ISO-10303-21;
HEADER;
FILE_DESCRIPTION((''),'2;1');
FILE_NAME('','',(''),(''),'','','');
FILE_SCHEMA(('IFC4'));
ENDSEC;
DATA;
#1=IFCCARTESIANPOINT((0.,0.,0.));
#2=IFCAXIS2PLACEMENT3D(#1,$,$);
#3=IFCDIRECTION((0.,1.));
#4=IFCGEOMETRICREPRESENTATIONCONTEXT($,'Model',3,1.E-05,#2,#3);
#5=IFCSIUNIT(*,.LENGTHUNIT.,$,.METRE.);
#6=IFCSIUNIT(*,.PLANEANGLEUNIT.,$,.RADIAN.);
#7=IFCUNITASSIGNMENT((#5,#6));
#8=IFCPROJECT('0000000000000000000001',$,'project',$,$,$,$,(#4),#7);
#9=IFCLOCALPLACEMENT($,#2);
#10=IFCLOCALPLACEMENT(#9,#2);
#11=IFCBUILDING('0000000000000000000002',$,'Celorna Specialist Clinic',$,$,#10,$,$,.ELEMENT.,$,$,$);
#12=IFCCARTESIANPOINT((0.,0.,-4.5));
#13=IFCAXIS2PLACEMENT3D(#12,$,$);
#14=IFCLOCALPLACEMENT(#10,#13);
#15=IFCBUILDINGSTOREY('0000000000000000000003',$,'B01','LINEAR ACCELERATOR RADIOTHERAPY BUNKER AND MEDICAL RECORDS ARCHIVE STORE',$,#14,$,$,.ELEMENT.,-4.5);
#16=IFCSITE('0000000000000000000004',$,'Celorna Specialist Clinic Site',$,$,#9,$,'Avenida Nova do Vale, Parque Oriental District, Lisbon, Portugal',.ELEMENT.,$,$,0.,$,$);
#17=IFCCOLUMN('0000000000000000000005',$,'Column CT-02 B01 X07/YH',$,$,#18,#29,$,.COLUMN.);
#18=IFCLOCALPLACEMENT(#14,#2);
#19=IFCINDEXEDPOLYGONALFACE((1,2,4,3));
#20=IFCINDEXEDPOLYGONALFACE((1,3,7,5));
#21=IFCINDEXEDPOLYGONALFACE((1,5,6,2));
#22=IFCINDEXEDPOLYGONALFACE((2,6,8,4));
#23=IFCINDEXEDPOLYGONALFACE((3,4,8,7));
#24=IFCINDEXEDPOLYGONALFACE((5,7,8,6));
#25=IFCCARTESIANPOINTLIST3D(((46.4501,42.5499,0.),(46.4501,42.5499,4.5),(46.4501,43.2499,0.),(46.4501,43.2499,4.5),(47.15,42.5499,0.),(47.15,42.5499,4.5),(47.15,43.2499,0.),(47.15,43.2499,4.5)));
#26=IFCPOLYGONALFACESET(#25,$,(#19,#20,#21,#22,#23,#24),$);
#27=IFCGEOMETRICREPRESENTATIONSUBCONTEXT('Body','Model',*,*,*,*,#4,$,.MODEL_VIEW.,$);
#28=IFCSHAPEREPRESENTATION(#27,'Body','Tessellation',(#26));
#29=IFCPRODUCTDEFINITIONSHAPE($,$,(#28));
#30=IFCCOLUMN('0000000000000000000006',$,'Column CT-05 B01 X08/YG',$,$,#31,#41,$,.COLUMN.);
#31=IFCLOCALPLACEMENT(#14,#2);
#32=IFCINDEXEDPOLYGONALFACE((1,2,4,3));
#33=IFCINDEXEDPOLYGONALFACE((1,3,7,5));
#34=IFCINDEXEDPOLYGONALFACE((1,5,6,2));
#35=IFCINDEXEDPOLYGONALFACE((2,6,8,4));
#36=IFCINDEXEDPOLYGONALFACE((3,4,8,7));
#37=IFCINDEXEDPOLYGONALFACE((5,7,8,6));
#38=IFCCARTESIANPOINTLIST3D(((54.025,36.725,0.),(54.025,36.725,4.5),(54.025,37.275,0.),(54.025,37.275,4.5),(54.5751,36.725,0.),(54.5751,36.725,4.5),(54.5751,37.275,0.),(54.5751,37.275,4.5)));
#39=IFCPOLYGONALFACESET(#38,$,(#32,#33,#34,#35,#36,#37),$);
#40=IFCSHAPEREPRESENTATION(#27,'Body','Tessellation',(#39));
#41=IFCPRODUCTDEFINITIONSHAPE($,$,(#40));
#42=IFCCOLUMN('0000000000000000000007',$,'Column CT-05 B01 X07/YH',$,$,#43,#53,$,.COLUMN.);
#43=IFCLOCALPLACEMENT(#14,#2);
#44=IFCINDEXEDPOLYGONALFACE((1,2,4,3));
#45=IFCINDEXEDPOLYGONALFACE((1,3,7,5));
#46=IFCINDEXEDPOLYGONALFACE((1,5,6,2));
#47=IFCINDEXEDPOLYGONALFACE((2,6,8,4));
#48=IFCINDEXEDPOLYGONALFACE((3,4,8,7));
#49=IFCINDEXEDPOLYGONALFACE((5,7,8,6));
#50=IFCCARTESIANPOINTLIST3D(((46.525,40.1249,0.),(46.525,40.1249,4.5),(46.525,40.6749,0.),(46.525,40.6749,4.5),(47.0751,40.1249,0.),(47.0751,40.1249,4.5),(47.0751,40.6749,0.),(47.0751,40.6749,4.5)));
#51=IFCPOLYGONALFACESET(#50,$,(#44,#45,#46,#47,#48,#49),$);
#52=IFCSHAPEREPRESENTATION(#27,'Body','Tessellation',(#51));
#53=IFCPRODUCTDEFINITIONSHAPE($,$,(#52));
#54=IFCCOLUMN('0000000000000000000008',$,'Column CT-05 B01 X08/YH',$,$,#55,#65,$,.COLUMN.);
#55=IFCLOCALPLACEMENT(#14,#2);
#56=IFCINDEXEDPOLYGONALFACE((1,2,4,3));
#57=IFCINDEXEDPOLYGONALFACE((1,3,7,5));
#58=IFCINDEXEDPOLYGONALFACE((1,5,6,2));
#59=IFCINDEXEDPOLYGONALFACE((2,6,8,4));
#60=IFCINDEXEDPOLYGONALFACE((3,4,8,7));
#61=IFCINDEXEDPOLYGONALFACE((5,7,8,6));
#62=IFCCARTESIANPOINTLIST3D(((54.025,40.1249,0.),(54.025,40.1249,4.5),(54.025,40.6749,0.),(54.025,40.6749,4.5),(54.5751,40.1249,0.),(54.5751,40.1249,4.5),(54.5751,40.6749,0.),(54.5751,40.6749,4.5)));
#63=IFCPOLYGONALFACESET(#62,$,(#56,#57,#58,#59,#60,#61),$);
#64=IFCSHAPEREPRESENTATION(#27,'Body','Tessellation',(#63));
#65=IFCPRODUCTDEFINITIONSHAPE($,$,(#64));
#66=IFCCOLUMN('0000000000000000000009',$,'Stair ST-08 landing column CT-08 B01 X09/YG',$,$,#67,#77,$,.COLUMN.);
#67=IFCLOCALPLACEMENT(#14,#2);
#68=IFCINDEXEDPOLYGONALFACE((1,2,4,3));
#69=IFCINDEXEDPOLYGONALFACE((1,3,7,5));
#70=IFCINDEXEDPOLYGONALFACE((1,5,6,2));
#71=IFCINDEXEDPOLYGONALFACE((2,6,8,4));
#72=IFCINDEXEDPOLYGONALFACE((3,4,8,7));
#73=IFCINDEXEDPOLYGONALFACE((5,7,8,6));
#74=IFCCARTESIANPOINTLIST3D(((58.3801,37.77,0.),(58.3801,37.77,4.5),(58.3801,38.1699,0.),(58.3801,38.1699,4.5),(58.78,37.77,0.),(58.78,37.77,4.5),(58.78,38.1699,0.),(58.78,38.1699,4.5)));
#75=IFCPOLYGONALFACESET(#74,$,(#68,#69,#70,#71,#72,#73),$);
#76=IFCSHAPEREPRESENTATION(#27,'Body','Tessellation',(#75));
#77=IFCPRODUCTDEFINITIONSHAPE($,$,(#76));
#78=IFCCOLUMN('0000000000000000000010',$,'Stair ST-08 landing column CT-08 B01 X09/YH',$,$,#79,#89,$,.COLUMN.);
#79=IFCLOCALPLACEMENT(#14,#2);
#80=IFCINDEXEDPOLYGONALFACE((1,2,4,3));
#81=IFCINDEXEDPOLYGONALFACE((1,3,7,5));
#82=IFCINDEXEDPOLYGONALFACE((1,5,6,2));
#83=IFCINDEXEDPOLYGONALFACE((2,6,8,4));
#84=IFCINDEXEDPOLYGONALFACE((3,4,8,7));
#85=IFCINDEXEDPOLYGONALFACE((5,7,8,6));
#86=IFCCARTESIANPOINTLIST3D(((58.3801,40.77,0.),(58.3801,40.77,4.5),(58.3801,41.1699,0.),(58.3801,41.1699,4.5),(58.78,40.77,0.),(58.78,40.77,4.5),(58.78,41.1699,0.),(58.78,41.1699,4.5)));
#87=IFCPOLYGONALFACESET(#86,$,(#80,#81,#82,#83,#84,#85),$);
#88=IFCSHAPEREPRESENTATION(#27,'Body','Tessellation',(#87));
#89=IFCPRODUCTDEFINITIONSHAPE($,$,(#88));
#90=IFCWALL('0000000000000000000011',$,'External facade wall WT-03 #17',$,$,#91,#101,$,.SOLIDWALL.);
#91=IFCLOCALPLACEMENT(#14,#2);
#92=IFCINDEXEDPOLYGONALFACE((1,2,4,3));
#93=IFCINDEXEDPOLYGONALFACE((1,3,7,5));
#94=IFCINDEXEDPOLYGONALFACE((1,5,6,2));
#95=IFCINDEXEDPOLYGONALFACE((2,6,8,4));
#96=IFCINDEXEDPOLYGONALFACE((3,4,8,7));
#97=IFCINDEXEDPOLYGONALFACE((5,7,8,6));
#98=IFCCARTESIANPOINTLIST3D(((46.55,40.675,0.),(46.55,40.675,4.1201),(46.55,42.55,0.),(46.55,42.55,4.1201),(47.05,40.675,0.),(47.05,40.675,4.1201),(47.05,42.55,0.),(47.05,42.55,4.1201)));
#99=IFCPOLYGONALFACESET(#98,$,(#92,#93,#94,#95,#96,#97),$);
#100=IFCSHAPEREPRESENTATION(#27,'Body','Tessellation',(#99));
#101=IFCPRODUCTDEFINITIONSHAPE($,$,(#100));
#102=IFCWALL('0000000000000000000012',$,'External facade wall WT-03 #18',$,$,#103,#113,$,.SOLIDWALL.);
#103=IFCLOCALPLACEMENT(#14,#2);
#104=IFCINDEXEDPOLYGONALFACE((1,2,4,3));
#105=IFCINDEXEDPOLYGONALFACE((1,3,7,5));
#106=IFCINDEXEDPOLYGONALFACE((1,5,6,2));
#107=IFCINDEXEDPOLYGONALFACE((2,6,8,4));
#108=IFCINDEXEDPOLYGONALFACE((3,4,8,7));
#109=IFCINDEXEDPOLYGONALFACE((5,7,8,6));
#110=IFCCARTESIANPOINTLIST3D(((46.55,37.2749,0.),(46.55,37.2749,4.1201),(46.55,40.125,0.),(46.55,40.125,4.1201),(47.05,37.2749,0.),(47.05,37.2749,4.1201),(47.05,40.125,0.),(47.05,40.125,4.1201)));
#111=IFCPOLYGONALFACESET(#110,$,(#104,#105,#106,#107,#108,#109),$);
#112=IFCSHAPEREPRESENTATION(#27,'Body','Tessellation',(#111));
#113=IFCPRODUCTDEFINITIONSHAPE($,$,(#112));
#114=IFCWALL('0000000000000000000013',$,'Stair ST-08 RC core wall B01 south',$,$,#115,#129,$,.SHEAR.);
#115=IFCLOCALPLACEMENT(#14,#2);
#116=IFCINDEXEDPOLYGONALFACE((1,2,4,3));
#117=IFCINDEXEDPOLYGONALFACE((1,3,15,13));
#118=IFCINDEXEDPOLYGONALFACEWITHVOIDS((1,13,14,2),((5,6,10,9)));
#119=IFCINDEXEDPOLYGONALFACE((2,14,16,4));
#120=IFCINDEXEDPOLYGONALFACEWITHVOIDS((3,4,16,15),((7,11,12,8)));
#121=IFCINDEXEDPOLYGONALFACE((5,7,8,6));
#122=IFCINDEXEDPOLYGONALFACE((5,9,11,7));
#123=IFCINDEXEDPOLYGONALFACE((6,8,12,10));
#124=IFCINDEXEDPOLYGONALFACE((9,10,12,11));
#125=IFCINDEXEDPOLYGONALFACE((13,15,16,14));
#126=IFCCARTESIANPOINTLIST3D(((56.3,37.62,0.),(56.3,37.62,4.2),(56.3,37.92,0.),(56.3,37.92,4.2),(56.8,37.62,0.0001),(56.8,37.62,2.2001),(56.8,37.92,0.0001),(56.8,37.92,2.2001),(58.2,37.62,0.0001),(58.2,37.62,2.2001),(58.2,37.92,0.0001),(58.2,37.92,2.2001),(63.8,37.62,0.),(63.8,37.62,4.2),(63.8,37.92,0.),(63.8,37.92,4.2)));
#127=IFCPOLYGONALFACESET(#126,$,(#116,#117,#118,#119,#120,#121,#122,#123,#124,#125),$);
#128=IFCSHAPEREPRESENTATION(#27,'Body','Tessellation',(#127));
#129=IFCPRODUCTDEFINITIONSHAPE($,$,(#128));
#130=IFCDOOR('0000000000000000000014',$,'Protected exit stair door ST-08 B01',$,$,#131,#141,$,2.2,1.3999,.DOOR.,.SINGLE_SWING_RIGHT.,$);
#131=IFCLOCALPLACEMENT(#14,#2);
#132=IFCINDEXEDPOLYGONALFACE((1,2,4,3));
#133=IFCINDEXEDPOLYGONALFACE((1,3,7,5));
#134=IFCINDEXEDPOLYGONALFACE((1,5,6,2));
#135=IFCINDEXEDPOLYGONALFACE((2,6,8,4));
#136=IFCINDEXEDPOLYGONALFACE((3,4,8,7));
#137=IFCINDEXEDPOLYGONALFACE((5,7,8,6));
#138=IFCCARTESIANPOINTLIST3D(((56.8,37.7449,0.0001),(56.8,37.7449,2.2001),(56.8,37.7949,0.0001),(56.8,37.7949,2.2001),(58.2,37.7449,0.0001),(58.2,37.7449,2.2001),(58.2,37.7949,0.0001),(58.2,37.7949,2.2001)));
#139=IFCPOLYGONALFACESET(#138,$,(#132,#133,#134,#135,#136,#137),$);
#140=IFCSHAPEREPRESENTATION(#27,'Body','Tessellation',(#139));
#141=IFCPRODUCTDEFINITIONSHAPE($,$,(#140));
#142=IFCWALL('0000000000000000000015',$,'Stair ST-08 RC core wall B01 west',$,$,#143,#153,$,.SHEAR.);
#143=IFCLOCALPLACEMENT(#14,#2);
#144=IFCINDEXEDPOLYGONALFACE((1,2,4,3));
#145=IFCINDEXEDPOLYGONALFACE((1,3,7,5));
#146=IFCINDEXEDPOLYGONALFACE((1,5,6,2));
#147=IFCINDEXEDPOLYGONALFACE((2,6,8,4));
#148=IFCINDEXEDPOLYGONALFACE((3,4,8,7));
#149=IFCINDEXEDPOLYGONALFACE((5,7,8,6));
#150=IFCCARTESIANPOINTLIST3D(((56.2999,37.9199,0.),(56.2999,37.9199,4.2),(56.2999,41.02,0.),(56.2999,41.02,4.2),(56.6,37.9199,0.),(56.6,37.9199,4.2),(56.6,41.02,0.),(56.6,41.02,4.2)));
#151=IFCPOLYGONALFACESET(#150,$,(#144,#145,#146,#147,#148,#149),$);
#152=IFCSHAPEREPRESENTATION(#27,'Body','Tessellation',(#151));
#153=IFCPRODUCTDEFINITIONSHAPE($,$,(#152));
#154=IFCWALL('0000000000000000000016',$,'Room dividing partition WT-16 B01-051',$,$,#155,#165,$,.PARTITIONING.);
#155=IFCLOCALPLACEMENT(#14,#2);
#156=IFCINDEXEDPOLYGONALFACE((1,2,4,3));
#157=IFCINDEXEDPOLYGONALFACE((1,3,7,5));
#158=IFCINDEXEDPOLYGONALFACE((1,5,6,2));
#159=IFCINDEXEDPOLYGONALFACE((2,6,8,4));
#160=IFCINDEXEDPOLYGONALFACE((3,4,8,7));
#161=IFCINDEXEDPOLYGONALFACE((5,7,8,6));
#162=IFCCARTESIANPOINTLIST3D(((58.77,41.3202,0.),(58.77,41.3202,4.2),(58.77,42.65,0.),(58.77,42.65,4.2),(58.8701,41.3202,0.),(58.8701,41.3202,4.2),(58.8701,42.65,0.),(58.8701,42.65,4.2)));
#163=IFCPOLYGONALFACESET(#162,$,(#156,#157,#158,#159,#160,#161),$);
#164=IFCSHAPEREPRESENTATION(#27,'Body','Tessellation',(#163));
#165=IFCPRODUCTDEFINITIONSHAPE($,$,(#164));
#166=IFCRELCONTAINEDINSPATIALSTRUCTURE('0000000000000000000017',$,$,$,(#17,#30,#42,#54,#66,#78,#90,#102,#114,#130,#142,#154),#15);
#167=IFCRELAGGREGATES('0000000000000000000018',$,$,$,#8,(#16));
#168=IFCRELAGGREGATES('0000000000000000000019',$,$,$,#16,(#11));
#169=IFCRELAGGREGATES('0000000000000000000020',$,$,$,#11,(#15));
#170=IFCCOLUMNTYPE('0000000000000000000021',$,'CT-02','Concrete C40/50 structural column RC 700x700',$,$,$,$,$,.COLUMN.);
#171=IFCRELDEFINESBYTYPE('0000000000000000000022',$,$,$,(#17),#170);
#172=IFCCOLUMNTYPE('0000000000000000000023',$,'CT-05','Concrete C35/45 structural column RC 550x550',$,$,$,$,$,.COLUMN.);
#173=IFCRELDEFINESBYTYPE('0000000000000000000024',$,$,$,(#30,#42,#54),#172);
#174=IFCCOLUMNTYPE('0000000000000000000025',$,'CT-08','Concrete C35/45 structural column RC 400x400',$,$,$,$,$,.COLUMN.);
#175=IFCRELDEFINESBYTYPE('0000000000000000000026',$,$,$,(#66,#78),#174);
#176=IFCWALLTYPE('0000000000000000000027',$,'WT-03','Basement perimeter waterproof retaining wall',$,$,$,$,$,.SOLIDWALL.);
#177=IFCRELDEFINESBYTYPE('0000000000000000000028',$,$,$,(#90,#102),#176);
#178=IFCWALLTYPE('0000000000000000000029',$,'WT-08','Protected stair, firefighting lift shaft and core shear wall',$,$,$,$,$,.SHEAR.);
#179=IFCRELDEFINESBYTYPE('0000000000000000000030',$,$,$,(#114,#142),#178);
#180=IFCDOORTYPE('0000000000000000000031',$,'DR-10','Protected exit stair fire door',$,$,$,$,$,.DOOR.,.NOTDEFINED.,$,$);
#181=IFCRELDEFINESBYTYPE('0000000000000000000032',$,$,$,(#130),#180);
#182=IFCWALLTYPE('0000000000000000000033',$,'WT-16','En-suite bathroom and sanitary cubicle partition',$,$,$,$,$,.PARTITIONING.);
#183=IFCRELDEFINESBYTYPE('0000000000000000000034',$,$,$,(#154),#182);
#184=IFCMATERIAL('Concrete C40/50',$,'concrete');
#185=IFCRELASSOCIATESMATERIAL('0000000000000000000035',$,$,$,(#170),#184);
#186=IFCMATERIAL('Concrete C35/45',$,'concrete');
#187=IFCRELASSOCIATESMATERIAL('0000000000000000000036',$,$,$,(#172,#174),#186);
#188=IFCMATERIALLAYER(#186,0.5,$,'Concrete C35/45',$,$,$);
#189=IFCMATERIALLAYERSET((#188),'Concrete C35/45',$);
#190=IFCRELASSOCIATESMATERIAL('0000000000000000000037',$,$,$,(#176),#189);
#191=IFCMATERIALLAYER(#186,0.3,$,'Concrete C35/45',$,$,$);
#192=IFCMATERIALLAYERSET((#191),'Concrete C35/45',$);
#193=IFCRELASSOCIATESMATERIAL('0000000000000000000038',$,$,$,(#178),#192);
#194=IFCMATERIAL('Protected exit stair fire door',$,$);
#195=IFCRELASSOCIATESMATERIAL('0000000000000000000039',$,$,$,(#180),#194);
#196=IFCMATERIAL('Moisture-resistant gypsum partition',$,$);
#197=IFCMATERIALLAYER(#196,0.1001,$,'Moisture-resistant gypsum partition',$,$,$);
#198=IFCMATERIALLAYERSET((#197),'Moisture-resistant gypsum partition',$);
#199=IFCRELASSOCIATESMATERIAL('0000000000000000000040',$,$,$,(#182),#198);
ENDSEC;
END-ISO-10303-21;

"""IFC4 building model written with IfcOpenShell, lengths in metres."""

from ifc_helpers import new_model, si_unit, direction, frame, frame_2d, origin, origin_2d, place, context, subcontext, project, spatial, rectangle, extrude, material, layer, layer_set, material_profile, profile_set, type_object, element, fill, save


model = new_model("IFC4")

# Units and contexts
model_context = context("Model", 3, precision=1e-05, world=origin(), true_north=direction((0.0, 1.0)))
body_context = subcontext(model_context, "Body", "Model", "MODEL_VIEW")
ifc_project = project(units=[si_unit("LENGTHUNIT", "METRE"), si_unit("PLANEANGLEUNIT", "RADIAN")], contexts=[model_context])

# Site, building, storey
site_placement = place(None, origin())
site = spatial("IfcSite", under=ifc_project, at=site_placement, Name="Celorna Specialist Clinic Site", LongName="Avenida Nova do Vale, Parque Oriental District, Lisbon, Portugal", CompositionType="ELEMENT", RefElevation=0.0)
building_placement = place(site_placement, origin())
building = spatial("IfcBuilding", under=site, at=building_placement, Name="Celorna Specialist Clinic", CompositionType="ELEMENT")
storey_placement = place(building_placement, frame((0.0, 0.0, -4.5)))
storey = spatial("IfcBuildingStorey", under=building, at=storey_placement, Name="B01", Description="LINEAR ACCELERATOR RADIOTHERAPY BUNKER AND MEDICAL RECORDS ARCHIVE STORE", CompositionType="ELEMENT", Elevation=-4.5)

# Shared definitions
ifc_material_1 = material(Name="Concrete C35/45", Category="concrete")

# Columns
ifc_material_2 = material(Name="Concrete C40/50", Category="concrete")
ifc_material_profile_1 = material_profile(ifc_material_2, rectangle(XDim=0.7, YDim=0.7, at=origin_2d()), Name="RC 700x700")
ifc_profile_set_1 = profile_set([ifc_material_profile_1], Name="Concrete C40/50")
column_type_1 = type_object("IfcColumnType", Name="CT-02", Description="Concrete C40/50 structural column RC 700x700", PredefinedType="COLUMN", material=ifc_profile_set_1)
column_placement = place(storey_placement, frame((46.8, 42.8999, 0.0), z_axis=(0.0, 0.0, 1.0), x_axis=(1.0, 0.0, 0.0)))
element("IfcColumn", 1, at=column_placement, inside=storey, type_object=column_type_1, Name="Column CT-02 B01 X07/YH", PredefinedType="COLUMN", context=body_context, shape_type="SweptSolid", body=[
    extrude(rectangle(XDim=0.7, YDim=0.7, at=origin_2d()), origin(), (0.0, 0.0, 1.0), 4.5),
])
ifc_material_profile_2 = material_profile(ifc_material_1, rectangle(XDim=0.55, YDim=0.55, at=origin_2d()), Name="RC 550x550")
ifc_profile_set_2 = profile_set([ifc_material_profile_2], Name="Concrete C35/45")
column_type_2 = type_object("IfcColumnType", Name="CT-05", Description="Concrete C35/45 structural column RC 550x550", PredefinedType="COLUMN", material=ifc_profile_set_2)
for number, where, z_axis, x_axis, name in (
    (2, (54.3, 37.0, 0.0), (0.0, 0.0, 1.0), (1.0, 0.0, 0.0), "Column CT-05 B01 X08/YG"),
    (3, (46.8, 40.3999, 0.0), (0.0, 0.0, 1.0), (1.0, 0.0, 0.0), "Column CT-05 B01 X07/YH"),
    (4, (54.3, 40.3999, 0.0), (0.0, 0.0, 1.0), (1.0, 0.0, 0.0), "Column CT-05 B01 X08/YH"),
):
    element("IfcColumn", number, at=place(storey_placement, frame(where, z_axis=z_axis, x_axis=x_axis)), inside=storey, type_object=column_type_2, Name=name, PredefinedType="COLUMN", context=body_context, shape_type="SweptSolid", body=[
        extrude(rectangle(XDim=0.55, YDim=0.55, at=origin_2d()), origin(), (0.0, 0.0, 1.0), 4.5),
    ])
ifc_material_profile_3 = material_profile(ifc_material_1, rectangle(XDim=0.3999, YDim=0.3999, at=origin_2d()), Name="RC 400x400")
ifc_profile_set_3 = profile_set([ifc_material_profile_3], Name="Concrete C35/45")
column_type_3 = type_object("IfcColumnType", Name="CT-08", Description="Concrete C35/45 structural column RC 400x400", PredefinedType="COLUMN", material=ifc_profile_set_3)
for number, where, z_axis, x_axis, name in (
    (5, (58.5801, 37.97, 0.0), (0.0, 0.0, 1.0), (1.0, 0.0, 0.0), "Stair ST-08 landing column CT-08 B01 X09/YG"),
    (6, (58.5801, 40.97, 0.0), (0.0, 0.0, 1.0), (1.0, 0.0, 0.0), "Stair ST-08 landing column CT-08 B01 X09/YH"),
):
    element("IfcColumn", number, at=place(storey_placement, frame(where, z_axis=z_axis, x_axis=x_axis)), inside=storey, type_object=column_type_3, Name=name, PredefinedType="COLUMN", context=body_context, shape_type="SweptSolid", body=[
        extrude(rectangle(XDim=0.3999, YDim=0.3999, at=origin_2d()), origin(), (0.0, 0.0, 1.0), 4.5),
    ])

# Walls
ifc_layer_1 = layer(ifc_material_1, 0.5, Name="Concrete C35/45")
ifc_layer_set_1 = layer_set([ifc_layer_1], Name="Concrete C35/45")
wall_type_1 = type_object("IfcWallType", Name="WT-03", Description="Basement perimeter waterproof retaining wall", PredefinedType="SOLIDWALL", material=ifc_layer_set_1)
wall_1_placement = place(storey_placement, frame((46.8, 42.55, 0.0), z_axis=(0.0, 0.0, 1.0), x_axis=(0.0, -1.0, 0.0)))
element("IfcWall", 7, at=wall_1_placement, inside=storey, type_object=wall_type_1, Name="External facade wall WT-03 #17", PredefinedType="SOLIDWALL", context=body_context, shape_type="SweptSolid", body=[
    extrude(rectangle(XDim=1.875, YDim=0.5, at=frame_2d((0.9375, 0.0))), origin(), (0.0, 0.0, 1.0), 4.1201),
])
wall_2_placement = place(storey_placement, frame((46.8, 40.125, 0.0), z_axis=(0.0, 0.0, 1.0), x_axis=(0.0, -1.0, 0.0)))
element("IfcWall", 8, at=wall_2_placement, inside=storey, type_object=wall_type_1, Name="External facade wall WT-03 #18", PredefinedType="SOLIDWALL", context=body_context, shape_type="SweptSolid", body=[
    extrude(rectangle(XDim=2.8501, YDim=0.5, at=frame_2d((1.425, 0.0))), origin(), (0.0, 0.0, 1.0), 4.1201),
])

# Wall, opening, door
ifc_layer_2 = layer(ifc_material_1, 0.3, Name="Concrete C35/45")
ifc_layer_set_2 = layer_set([ifc_layer_2], Name="Concrete C35/45")
wall_type_2 = type_object("IfcWallType", Name="WT-08", Description="Protected stair, firefighting lift shaft and core shear wall", PredefinedType="SHEAR", material=ifc_layer_set_2)
wall_3_placement = place(storey_placement, frame((56.3, 37.77, 0.0), z_axis=(0.0, 0.0, 1.0), x_axis=(1.0, 0.0, 0.0)))
wall_3 = element("IfcWall", 9, at=wall_3_placement, inside=storey, type_object=wall_type_2, Name="Stair ST-08 RC core wall B01 south", PredefinedType="SHEAR", context=body_context, shape_type="SweptSolid", body=[
    extrude(rectangle(XDim=7.5, YDim=0.3, at=frame_2d((3.75, 0.0))), origin(), (0.0, 0.0, 1.0), 4.2),
])
opening_placement = place(wall_3_placement, frame((0.5, 0.0, 0.0)))
opening = element("IfcOpeningElement", 10, at=opening_placement, cuts=wall_3, PredefinedType="OPENING", context=body_context, shape_type="SweptSolid", body=[
    extrude(rectangle(XDim=1.3999, YDim=2.2, at=frame_2d((0.7, 1.1001))), frame((0.0, 0.1599, 0.0), z_axis=(0.0, -1.0, 0.0), x_axis=(1.0, 0.0, 0.0)), (0.0, 0.0, 1.0), 0.3201),
])
ifc_material_3 = material(Name="Protected exit stair fire door")
door_type = type_object("IfcDoorType", Name="DR-10", Description="Protected exit stair fire door", OperationType="NOTDEFINED", PredefinedType="DOOR", material=ifc_material_3)
door_placement = place(opening_placement, origin())
door = element("IfcDoor", 11, at=door_placement, inside=storey, type_object=door_type, Name="Protected exit stair door ST-08 B01", OperationType="SINGLE_SWING_RIGHT", OverallHeight=2.2, OverallWidth=1.3999, PredefinedType="DOOR", context=body_context, shape_type="SweptSolid", body=[
    extrude(rectangle(XDim=1.3999, YDim=2.2, at=frame_2d((0.7, 1.1001))), frame((0.0, 0.0249, 0.0), z_axis=(0.0, -1.0, 0.0), x_axis=(1.0, 0.0, 0.0)), (0.0, 0.0, 1.0), 0.05),
])
fill(opening, door)

# Walls
wall_4_placement = place(storey_placement, frame((56.45, 41.02, 0.0), z_axis=(0.0, 0.0, 1.0), x_axis=(0.0, -1.0, 0.0)))
element("IfcWall", 12, at=wall_4_placement, inside=storey, type_object=wall_type_2, Name="Stair ST-08 RC core wall B01 west", PredefinedType="SHEAR", context=body_context, shape_type="SweptSolid", body=[
    extrude(rectangle(XDim=3.1001, YDim=0.3, at=frame_2d((1.55, 0.0))), origin(), (0.0, 0.0, 1.0), 4.2),
])
ifc_material_4 = material(Name="Moisture-resistant gypsum partition")
ifc_layer_3 = layer(ifc_material_4, 0.1001, Name="Moisture-resistant gypsum partition")
ifc_layer_set_3 = layer_set([ifc_layer_3], Name="Moisture-resistant gypsum partition")
wall_type_3 = type_object("IfcWallType", Name="WT-16", Description="En-suite bathroom and sanitary cubicle partition", PredefinedType="PARTITIONING", material=ifc_layer_set_3)
wall_5_placement = place(storey_placement, frame((58.8201, 41.3201, 0.0), z_axis=(0.0, 0.0, 1.0), x_axis=(0.0, 1.0, 0.0)))
element("IfcWall", 13, at=wall_5_placement, inside=storey, type_object=wall_type_3, Name="Room dividing partition WT-16 B01-051", PredefinedType="PARTITIONING", context=body_context, shape_type="SweptSolid", body=[
    extrude(rectangle(XDim=1.3298, YDim=0.1001, at=frame_2d((0.665, 0.0))), origin(), (0.0, 0.0, 1.0), 4.2),
])

save(model, "model.ifc")
